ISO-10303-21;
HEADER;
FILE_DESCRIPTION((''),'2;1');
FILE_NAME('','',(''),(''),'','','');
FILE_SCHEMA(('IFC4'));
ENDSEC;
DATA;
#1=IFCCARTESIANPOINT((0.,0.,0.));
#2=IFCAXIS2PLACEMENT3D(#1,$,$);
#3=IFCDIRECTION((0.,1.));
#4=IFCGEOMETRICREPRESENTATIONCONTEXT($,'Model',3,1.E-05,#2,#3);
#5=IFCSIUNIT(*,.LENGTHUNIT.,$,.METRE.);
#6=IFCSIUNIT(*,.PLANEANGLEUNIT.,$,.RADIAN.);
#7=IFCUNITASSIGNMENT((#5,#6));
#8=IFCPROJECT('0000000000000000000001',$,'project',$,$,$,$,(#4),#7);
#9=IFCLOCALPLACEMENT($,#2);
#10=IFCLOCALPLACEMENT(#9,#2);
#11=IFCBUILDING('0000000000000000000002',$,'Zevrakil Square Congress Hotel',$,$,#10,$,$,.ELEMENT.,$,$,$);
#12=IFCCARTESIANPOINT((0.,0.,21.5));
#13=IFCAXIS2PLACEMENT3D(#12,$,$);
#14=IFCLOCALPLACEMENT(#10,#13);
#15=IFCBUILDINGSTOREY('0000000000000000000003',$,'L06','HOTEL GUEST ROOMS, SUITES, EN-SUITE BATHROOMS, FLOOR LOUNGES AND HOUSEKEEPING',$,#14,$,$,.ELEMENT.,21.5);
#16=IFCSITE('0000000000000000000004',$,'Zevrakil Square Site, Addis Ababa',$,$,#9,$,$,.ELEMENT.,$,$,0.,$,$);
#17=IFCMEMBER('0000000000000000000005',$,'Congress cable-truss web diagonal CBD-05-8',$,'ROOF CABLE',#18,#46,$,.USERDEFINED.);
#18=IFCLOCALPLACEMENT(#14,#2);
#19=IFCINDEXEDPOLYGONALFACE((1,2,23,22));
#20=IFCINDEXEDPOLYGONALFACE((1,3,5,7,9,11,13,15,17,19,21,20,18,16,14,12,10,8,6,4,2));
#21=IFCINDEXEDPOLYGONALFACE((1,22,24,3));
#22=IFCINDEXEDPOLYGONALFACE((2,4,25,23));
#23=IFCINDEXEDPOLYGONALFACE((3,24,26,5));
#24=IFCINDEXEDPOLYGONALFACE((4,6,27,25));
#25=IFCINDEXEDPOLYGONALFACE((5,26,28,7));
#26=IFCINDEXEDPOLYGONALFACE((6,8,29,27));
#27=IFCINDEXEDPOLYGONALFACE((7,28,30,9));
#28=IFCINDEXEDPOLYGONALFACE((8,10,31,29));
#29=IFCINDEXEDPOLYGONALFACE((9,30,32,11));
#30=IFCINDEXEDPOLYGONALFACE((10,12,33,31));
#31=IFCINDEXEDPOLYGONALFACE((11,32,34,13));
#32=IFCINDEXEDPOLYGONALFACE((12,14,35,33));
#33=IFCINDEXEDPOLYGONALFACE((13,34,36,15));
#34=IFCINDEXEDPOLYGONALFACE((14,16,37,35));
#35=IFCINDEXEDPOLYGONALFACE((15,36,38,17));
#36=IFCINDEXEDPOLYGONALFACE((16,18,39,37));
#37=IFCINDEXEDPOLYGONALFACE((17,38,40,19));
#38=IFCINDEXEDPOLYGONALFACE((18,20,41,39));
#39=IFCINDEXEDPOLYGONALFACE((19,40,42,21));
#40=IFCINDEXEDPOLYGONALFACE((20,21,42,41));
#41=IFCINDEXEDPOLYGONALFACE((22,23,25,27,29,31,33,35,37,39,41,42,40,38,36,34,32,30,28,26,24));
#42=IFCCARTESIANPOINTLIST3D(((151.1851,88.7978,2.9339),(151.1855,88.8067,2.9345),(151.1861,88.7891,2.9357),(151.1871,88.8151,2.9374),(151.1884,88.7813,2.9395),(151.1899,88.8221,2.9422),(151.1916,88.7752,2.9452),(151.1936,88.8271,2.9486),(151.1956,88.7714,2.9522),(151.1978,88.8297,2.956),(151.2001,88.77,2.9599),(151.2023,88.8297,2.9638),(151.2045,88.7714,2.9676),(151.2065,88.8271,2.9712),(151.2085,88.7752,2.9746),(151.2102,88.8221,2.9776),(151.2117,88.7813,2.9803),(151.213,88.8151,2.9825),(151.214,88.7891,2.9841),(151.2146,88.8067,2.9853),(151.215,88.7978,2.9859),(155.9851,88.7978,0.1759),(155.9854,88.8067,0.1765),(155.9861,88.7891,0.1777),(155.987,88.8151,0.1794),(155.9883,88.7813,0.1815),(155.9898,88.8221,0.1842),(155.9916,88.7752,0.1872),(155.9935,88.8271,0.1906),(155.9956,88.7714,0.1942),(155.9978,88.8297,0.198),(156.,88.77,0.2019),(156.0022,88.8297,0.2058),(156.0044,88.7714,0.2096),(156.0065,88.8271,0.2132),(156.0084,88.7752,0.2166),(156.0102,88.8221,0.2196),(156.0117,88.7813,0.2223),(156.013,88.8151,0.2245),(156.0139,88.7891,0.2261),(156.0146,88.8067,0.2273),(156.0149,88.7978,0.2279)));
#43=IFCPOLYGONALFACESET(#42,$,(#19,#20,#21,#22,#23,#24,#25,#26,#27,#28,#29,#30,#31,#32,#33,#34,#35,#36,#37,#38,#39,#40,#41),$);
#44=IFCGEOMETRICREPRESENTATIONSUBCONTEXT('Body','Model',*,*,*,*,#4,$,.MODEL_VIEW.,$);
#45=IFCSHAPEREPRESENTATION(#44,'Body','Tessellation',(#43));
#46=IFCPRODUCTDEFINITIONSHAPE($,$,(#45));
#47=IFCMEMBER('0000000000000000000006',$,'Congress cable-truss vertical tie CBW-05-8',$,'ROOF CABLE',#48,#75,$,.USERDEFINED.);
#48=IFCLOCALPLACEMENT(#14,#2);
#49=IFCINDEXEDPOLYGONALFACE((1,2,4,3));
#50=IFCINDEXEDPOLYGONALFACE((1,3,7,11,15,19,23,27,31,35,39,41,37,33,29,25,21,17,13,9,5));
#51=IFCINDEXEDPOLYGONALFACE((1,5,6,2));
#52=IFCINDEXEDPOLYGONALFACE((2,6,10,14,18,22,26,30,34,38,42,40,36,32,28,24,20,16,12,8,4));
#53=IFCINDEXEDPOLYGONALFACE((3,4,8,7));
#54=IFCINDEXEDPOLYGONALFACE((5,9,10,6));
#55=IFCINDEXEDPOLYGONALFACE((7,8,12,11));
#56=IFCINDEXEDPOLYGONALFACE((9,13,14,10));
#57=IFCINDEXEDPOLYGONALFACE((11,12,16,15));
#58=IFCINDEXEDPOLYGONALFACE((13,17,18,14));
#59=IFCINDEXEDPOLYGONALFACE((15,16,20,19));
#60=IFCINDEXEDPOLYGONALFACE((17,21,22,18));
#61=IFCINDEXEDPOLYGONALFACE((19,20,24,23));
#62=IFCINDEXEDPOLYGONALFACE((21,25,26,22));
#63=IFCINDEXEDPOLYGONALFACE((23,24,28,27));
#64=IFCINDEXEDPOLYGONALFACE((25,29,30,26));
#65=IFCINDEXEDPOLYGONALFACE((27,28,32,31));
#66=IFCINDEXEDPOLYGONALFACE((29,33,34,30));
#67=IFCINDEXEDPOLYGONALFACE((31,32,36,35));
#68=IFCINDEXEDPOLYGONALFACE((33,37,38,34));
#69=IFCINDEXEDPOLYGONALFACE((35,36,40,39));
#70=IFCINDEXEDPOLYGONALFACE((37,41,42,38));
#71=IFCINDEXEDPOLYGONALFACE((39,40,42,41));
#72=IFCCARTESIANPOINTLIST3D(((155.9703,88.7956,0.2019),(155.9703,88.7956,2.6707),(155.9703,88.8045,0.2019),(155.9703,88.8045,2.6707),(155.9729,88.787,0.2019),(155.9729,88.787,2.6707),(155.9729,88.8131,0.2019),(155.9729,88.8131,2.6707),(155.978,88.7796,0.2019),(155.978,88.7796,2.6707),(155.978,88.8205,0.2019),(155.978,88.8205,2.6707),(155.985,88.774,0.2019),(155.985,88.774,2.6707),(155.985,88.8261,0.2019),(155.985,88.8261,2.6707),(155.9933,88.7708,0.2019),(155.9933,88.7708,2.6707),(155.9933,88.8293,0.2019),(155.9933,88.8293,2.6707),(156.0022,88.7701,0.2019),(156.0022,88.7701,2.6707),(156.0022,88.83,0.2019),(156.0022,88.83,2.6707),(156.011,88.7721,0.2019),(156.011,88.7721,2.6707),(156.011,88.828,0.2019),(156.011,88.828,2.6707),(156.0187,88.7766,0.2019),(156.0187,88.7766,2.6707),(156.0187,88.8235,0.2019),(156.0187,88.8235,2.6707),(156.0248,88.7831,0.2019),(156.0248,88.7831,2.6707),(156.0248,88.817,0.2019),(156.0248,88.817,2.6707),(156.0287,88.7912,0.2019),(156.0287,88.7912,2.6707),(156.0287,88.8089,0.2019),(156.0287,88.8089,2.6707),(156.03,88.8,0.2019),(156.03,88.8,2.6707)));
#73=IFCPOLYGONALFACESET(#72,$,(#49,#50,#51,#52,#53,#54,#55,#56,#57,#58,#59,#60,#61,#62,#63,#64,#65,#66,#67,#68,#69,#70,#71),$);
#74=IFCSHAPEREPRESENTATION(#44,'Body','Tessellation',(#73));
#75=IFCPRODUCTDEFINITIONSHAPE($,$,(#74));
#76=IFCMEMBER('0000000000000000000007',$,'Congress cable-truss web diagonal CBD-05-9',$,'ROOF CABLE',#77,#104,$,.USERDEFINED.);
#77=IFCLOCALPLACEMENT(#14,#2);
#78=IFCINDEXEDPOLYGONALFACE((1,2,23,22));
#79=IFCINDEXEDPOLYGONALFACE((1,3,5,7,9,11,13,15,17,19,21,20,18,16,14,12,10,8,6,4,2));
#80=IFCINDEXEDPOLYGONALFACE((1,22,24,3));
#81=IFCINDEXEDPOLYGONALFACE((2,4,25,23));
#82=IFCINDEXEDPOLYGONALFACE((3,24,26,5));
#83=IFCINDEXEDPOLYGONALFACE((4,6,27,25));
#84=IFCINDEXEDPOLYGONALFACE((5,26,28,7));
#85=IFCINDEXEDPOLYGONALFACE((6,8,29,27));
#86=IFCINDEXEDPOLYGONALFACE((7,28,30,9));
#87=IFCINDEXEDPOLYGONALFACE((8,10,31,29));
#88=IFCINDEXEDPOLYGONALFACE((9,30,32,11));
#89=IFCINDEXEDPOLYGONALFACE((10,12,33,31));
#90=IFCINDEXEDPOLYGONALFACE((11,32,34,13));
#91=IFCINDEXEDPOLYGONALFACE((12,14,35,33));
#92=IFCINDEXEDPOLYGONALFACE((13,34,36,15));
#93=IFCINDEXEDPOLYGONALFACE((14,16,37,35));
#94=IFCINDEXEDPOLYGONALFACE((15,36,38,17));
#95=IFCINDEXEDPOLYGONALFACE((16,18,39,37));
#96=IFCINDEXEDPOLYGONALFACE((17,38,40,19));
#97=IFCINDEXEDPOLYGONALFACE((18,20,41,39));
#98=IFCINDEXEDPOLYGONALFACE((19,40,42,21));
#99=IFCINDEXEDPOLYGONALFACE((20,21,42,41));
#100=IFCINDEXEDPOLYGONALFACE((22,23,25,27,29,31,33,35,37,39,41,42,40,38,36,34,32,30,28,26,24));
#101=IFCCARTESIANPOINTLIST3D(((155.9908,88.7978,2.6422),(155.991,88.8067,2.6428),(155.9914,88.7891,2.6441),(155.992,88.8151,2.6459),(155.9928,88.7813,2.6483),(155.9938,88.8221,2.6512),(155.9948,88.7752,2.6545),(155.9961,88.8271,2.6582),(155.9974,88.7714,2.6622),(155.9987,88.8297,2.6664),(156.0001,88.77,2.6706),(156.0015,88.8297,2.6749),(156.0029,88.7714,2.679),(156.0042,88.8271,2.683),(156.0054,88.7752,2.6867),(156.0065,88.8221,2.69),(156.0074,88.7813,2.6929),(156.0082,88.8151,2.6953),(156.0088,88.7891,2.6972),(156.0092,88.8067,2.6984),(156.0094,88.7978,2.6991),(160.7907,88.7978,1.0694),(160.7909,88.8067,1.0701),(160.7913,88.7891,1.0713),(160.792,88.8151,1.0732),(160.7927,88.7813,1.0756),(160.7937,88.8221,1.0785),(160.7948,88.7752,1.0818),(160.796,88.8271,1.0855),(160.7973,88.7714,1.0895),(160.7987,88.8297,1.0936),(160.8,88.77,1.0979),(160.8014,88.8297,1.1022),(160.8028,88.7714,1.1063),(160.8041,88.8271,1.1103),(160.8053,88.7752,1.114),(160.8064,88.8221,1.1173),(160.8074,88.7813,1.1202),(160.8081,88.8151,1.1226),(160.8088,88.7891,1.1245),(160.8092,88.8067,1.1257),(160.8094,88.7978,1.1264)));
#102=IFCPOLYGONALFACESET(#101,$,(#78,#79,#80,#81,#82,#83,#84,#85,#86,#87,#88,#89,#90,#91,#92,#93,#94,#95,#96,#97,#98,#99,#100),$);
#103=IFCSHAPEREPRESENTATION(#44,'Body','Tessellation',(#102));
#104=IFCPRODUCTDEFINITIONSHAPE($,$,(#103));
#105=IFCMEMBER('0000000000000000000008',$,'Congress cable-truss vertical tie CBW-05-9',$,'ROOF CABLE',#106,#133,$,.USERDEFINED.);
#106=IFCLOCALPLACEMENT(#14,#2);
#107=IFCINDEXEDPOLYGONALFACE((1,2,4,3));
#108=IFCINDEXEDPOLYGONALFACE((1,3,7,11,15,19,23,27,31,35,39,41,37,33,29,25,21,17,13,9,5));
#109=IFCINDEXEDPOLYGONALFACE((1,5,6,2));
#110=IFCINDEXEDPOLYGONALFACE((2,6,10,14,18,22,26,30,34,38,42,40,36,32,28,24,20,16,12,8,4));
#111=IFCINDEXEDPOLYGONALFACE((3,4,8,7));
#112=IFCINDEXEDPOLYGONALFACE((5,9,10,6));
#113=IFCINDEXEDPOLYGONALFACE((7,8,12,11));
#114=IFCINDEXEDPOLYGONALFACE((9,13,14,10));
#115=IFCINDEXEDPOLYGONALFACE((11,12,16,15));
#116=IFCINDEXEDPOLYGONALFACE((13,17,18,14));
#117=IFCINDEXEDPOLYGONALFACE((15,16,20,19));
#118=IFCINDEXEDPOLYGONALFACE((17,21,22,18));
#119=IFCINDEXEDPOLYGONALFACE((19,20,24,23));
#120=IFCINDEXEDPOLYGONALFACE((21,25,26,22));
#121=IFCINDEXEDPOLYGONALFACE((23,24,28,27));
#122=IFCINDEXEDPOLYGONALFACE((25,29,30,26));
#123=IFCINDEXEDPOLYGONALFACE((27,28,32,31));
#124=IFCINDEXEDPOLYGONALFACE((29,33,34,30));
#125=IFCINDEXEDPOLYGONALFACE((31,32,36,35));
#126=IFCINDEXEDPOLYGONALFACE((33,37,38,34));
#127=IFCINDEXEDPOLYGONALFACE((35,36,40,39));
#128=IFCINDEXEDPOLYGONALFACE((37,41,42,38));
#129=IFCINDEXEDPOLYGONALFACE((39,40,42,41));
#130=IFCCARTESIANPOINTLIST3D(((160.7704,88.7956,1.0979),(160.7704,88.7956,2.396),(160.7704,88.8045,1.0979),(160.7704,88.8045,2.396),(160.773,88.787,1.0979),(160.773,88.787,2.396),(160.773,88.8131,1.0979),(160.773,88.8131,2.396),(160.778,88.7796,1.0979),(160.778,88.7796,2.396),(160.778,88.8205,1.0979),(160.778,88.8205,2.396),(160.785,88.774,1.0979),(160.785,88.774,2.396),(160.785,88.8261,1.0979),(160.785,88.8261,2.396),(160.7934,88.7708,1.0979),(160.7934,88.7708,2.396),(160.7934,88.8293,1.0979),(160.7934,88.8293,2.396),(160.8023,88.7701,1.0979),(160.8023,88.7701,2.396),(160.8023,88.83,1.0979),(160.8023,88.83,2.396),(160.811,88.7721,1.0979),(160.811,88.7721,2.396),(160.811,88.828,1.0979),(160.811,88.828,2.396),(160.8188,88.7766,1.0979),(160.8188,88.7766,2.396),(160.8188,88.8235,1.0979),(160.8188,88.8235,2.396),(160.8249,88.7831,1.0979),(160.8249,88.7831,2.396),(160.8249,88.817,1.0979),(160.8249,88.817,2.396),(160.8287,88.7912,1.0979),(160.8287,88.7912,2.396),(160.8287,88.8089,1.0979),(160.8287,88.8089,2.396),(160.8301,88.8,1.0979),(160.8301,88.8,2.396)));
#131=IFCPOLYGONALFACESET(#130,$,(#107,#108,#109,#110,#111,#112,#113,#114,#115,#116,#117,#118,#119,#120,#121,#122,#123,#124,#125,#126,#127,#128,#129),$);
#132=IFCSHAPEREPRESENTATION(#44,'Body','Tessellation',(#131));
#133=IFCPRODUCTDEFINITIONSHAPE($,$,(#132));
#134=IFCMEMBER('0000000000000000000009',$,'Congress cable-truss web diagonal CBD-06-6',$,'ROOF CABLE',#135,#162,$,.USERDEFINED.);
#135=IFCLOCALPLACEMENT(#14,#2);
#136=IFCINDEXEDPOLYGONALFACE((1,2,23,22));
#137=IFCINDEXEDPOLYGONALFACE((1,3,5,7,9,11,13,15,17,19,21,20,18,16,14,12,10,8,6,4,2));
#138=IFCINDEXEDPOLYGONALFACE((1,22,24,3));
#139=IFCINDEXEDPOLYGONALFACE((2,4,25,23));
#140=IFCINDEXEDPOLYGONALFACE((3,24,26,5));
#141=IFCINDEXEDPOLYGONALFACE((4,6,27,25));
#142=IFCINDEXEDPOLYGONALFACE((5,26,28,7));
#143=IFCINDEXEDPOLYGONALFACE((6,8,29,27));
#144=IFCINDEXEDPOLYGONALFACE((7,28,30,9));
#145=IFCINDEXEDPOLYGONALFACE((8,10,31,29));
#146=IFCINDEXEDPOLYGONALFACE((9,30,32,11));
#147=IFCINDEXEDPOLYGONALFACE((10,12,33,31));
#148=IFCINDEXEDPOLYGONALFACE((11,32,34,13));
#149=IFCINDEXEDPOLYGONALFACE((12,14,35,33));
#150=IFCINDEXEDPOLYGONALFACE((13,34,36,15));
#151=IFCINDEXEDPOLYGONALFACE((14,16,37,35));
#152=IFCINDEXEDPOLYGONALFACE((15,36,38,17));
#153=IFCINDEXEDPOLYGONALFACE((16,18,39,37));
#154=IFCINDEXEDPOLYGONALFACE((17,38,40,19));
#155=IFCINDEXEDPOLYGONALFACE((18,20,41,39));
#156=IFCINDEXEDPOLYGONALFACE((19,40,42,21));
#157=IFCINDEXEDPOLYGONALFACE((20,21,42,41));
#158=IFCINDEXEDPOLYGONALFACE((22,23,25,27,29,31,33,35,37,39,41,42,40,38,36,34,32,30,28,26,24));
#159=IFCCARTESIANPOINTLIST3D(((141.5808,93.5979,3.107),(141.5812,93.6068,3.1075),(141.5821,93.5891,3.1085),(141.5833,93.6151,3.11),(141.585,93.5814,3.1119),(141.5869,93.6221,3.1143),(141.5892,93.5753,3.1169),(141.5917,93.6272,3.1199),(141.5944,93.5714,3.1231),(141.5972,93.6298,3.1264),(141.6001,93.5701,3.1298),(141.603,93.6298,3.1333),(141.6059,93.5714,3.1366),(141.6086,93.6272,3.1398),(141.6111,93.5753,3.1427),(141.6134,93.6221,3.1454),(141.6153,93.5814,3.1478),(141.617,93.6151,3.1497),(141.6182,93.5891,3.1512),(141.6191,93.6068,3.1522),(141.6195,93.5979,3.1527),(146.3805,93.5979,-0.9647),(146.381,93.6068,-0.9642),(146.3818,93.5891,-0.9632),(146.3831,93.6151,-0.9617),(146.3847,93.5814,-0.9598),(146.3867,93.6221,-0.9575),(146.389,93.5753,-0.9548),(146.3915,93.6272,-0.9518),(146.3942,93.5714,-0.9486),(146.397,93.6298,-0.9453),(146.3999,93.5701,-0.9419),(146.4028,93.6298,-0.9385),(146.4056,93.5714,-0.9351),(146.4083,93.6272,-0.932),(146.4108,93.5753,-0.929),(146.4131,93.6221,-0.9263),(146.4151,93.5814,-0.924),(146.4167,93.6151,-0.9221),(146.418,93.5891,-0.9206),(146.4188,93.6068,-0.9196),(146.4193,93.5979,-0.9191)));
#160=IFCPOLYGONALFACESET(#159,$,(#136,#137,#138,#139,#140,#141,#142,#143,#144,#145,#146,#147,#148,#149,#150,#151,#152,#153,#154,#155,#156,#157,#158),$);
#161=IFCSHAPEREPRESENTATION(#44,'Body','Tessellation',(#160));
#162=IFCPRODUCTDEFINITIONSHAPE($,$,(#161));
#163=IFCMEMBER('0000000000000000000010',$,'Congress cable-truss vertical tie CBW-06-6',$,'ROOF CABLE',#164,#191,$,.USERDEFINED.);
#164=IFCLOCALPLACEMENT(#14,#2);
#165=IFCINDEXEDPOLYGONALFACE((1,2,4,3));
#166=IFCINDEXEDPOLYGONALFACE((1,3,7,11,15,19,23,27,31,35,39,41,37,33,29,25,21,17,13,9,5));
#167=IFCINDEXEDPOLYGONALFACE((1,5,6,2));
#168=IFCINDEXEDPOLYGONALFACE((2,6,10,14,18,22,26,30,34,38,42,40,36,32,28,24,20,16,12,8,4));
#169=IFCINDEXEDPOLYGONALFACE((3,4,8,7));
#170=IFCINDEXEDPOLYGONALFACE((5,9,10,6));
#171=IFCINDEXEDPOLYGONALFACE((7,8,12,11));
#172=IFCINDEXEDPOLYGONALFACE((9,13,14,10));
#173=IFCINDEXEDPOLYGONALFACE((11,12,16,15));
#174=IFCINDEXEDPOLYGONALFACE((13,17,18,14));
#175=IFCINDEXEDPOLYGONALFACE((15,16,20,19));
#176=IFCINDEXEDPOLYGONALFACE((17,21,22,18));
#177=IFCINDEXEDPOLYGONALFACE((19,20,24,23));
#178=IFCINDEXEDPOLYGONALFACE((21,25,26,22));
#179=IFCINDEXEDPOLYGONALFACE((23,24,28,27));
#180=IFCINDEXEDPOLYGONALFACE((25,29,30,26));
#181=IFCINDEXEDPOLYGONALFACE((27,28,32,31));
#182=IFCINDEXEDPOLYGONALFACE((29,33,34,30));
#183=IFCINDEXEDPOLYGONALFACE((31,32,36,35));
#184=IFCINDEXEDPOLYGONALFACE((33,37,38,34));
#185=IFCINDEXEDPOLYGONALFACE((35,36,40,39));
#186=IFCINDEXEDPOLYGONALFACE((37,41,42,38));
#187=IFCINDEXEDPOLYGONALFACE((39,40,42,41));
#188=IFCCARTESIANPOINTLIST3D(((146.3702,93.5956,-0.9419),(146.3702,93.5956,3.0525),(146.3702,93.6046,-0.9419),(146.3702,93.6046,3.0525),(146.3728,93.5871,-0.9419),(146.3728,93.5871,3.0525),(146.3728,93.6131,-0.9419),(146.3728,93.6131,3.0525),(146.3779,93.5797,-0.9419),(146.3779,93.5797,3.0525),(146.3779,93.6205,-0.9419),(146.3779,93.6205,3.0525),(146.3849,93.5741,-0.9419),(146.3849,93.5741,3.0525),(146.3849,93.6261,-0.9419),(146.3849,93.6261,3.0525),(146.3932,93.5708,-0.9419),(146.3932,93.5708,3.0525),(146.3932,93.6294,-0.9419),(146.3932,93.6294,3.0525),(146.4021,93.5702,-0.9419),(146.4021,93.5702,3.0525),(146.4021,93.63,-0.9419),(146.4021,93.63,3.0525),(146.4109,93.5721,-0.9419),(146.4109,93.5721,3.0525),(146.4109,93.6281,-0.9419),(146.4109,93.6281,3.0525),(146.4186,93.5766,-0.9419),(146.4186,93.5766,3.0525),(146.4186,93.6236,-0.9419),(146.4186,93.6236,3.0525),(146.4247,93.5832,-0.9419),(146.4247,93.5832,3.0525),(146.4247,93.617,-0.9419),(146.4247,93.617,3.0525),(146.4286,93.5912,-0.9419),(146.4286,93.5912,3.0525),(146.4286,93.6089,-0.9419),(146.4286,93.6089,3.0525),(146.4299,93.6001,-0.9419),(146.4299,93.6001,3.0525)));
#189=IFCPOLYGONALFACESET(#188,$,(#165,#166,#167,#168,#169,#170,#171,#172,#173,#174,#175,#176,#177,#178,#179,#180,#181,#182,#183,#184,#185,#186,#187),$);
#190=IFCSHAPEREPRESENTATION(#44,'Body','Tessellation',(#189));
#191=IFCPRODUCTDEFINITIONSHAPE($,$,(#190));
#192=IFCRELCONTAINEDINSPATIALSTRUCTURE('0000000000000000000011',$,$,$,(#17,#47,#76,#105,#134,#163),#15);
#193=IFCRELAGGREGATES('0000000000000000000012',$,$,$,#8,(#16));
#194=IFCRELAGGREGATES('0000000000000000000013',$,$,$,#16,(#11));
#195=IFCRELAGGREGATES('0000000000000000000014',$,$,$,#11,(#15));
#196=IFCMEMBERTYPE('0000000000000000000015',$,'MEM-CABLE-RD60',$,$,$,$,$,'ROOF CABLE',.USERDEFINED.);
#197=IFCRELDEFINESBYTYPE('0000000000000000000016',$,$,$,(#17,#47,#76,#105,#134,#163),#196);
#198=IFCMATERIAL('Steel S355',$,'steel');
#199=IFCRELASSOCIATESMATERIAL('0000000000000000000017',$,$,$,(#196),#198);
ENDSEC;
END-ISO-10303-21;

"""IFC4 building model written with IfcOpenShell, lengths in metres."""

from ifc_helpers import new_model, si_unit, direction, frame, origin, origin_2d, place, context, subcontext, project, spatial, circle, extrude, material, material_profile, profile_set, type_object, element, save


model = new_model("IFC4")

# Units and contexts
model_context = context("Model", 3, precision=1e-05, world=origin(), true_north=direction((0.0, 1.0)))
body_context = subcontext(model_context, "Body", "Model", "MODEL_VIEW")
ifc_project = project(units=[si_unit("LENGTHUNIT", "METRE"), si_unit("PLANEANGLEUNIT", "RADIAN")], contexts=[model_context])

# Site, building, storey
site_placement = place(None, origin())
site = spatial("IfcSite", under=ifc_project, at=site_placement, Name="Zevrakil Square Site, Addis Ababa", CompositionType="ELEMENT", RefElevation=0.0)
building_placement = place(site_placement, origin())
building = spatial("IfcBuilding", under=site, at=building_placement, Name="Zevrakil Square Congress Hotel", CompositionType="ELEMENT")
storey_placement = place(building_placement, frame((0.0, 0.0, 21.5)))
storey = spatial("IfcBuildingStorey", under=building, at=storey_placement, Name="L06", Description="HOTEL GUEST ROOMS, SUITES, EN-SUITE BATHROOMS, FLOOR LOUNGES AND HOUSEKEEPING", CompositionType="ELEMENT", Elevation=21.5)

# Members
ifc_material_1 = material(Name="Steel S355", Category="steel")
ifc_material_profile_1 = material_profile(ifc_material_1, circle(Radius=0.03, at=origin_2d()), Name="CABLE RD60")
ifc_profile_set_1 = profile_set([ifc_material_profile_1], Name="Steel S355")
member_type_1 = type_object("IfcMemberType", Name="MEM-CABLE-RD60", ElementType="ROOF CABLE", PredefinedType="USERDEFINED", material=ifc_profile_set_1)
member_1_placement = place(storey_placement, frame((156.0, 88.8, 0.2019), z_axis=(-0.86706, 0.0, 0.498203), x_axis=(0.0, -1.0, 0.0)))
element("IfcMember", 1, at=member_1_placement, inside=storey, type_object=member_type_1, Name="Congress cable-truss web diagonal CBD-05-8", ObjectType="ROOF CABLE", PredefinedType="USERDEFINED", context=body_context, shape_type="SweptSolid", body=[
    extrude(circle(Radius=0.03, at=origin_2d()), origin(), (0.0, 0.0, 1.0), 5.5359),
])
member_2_placement = place(storey_placement, frame((156.0, 88.8, 0.2019), z_axis=(0.0, 0.0, 1.0), x_axis=(1.0, 0.0, 0.0)))
element("IfcMember", 2, at=member_2_placement, inside=storey, type_object=member_type_1, Name="Congress cable-truss vertical tie CBW-05-8", ObjectType="ROOF CABLE", PredefinedType="USERDEFINED", context=body_context, shape_type="SweptSolid", body=[
    extrude(circle(Radius=0.03, at=origin_2d()), origin(), (0.0, 0.0, 1.0), 2.4688),
])
member_3_placement = place(storey_placement, frame((160.8, 88.8, 1.0979), z_axis=(-0.95029, 0.0, 0.311366), x_axis=(0.0, -1.0, 0.0)))
element("IfcMember", 3, at=member_3_placement, inside=storey, type_object=member_type_1, Name="Congress cable-truss web diagonal CBD-05-9", ObjectType="ROOF CABLE", PredefinedType="USERDEFINED", context=body_context, shape_type="SweptSolid", body=[
    extrude(circle(Radius=0.03, at=origin_2d()), origin(), (0.0, 0.0, 1.0), 5.051),
])
member_4_placement = place(storey_placement, frame((160.8, 88.8, 1.0979), z_axis=(0.0, 0.0, 1.0), x_axis=(1.0, 0.0, 0.0)))
element("IfcMember", 4, at=member_4_placement, inside=storey, type_object=member_type_1, Name="Congress cable-truss vertical tie CBW-05-9", ObjectType="ROOF CABLE", PredefinedType="USERDEFINED", context=body_context, shape_type="SweptSolid", body=[
    extrude(circle(Radius=0.03, at=origin_2d()), origin(), (0.0, 0.0, 1.0), 1.2981),
])
member_5_placement = place(storey_placement, frame((146.3999, 93.6001, -0.9419), z_axis=(-0.762571, 0.0, 0.646905), x_axis=(0.0, -1.0, 0.0)))
element("IfcMember", 5, at=member_5_placement, inside=storey, type_object=member_type_1, Name="Congress cable-truss web diagonal CBD-06-6", ObjectType="ROOF CABLE", PredefinedType="USERDEFINED", context=body_context, shape_type="SweptSolid", body=[
    extrude(circle(Radius=0.03, at=origin_2d()), origin(), (0.0, 0.0, 1.0), 6.2942),
])
member_6_placement = place(storey_placement, frame((146.3999, 93.6001, -0.9419), z_axis=(0.0, 0.0, 1.0), x_axis=(1.0, 0.0, 0.0)))
element("IfcMember", 6, at=member_6_placement, inside=storey, type_object=member_type_1, Name="Congress cable-truss vertical tie CBW-06-6", ObjectType="ROOF CABLE", PredefinedType="USERDEFINED", context=body_context, shape_type="SweptSolid", body=[
    extrude(circle(Radius=0.03, at=origin_2d()), origin(), (0.0, 0.0, 1.0), 3.9944),
])

save(model, "model.ifc")
